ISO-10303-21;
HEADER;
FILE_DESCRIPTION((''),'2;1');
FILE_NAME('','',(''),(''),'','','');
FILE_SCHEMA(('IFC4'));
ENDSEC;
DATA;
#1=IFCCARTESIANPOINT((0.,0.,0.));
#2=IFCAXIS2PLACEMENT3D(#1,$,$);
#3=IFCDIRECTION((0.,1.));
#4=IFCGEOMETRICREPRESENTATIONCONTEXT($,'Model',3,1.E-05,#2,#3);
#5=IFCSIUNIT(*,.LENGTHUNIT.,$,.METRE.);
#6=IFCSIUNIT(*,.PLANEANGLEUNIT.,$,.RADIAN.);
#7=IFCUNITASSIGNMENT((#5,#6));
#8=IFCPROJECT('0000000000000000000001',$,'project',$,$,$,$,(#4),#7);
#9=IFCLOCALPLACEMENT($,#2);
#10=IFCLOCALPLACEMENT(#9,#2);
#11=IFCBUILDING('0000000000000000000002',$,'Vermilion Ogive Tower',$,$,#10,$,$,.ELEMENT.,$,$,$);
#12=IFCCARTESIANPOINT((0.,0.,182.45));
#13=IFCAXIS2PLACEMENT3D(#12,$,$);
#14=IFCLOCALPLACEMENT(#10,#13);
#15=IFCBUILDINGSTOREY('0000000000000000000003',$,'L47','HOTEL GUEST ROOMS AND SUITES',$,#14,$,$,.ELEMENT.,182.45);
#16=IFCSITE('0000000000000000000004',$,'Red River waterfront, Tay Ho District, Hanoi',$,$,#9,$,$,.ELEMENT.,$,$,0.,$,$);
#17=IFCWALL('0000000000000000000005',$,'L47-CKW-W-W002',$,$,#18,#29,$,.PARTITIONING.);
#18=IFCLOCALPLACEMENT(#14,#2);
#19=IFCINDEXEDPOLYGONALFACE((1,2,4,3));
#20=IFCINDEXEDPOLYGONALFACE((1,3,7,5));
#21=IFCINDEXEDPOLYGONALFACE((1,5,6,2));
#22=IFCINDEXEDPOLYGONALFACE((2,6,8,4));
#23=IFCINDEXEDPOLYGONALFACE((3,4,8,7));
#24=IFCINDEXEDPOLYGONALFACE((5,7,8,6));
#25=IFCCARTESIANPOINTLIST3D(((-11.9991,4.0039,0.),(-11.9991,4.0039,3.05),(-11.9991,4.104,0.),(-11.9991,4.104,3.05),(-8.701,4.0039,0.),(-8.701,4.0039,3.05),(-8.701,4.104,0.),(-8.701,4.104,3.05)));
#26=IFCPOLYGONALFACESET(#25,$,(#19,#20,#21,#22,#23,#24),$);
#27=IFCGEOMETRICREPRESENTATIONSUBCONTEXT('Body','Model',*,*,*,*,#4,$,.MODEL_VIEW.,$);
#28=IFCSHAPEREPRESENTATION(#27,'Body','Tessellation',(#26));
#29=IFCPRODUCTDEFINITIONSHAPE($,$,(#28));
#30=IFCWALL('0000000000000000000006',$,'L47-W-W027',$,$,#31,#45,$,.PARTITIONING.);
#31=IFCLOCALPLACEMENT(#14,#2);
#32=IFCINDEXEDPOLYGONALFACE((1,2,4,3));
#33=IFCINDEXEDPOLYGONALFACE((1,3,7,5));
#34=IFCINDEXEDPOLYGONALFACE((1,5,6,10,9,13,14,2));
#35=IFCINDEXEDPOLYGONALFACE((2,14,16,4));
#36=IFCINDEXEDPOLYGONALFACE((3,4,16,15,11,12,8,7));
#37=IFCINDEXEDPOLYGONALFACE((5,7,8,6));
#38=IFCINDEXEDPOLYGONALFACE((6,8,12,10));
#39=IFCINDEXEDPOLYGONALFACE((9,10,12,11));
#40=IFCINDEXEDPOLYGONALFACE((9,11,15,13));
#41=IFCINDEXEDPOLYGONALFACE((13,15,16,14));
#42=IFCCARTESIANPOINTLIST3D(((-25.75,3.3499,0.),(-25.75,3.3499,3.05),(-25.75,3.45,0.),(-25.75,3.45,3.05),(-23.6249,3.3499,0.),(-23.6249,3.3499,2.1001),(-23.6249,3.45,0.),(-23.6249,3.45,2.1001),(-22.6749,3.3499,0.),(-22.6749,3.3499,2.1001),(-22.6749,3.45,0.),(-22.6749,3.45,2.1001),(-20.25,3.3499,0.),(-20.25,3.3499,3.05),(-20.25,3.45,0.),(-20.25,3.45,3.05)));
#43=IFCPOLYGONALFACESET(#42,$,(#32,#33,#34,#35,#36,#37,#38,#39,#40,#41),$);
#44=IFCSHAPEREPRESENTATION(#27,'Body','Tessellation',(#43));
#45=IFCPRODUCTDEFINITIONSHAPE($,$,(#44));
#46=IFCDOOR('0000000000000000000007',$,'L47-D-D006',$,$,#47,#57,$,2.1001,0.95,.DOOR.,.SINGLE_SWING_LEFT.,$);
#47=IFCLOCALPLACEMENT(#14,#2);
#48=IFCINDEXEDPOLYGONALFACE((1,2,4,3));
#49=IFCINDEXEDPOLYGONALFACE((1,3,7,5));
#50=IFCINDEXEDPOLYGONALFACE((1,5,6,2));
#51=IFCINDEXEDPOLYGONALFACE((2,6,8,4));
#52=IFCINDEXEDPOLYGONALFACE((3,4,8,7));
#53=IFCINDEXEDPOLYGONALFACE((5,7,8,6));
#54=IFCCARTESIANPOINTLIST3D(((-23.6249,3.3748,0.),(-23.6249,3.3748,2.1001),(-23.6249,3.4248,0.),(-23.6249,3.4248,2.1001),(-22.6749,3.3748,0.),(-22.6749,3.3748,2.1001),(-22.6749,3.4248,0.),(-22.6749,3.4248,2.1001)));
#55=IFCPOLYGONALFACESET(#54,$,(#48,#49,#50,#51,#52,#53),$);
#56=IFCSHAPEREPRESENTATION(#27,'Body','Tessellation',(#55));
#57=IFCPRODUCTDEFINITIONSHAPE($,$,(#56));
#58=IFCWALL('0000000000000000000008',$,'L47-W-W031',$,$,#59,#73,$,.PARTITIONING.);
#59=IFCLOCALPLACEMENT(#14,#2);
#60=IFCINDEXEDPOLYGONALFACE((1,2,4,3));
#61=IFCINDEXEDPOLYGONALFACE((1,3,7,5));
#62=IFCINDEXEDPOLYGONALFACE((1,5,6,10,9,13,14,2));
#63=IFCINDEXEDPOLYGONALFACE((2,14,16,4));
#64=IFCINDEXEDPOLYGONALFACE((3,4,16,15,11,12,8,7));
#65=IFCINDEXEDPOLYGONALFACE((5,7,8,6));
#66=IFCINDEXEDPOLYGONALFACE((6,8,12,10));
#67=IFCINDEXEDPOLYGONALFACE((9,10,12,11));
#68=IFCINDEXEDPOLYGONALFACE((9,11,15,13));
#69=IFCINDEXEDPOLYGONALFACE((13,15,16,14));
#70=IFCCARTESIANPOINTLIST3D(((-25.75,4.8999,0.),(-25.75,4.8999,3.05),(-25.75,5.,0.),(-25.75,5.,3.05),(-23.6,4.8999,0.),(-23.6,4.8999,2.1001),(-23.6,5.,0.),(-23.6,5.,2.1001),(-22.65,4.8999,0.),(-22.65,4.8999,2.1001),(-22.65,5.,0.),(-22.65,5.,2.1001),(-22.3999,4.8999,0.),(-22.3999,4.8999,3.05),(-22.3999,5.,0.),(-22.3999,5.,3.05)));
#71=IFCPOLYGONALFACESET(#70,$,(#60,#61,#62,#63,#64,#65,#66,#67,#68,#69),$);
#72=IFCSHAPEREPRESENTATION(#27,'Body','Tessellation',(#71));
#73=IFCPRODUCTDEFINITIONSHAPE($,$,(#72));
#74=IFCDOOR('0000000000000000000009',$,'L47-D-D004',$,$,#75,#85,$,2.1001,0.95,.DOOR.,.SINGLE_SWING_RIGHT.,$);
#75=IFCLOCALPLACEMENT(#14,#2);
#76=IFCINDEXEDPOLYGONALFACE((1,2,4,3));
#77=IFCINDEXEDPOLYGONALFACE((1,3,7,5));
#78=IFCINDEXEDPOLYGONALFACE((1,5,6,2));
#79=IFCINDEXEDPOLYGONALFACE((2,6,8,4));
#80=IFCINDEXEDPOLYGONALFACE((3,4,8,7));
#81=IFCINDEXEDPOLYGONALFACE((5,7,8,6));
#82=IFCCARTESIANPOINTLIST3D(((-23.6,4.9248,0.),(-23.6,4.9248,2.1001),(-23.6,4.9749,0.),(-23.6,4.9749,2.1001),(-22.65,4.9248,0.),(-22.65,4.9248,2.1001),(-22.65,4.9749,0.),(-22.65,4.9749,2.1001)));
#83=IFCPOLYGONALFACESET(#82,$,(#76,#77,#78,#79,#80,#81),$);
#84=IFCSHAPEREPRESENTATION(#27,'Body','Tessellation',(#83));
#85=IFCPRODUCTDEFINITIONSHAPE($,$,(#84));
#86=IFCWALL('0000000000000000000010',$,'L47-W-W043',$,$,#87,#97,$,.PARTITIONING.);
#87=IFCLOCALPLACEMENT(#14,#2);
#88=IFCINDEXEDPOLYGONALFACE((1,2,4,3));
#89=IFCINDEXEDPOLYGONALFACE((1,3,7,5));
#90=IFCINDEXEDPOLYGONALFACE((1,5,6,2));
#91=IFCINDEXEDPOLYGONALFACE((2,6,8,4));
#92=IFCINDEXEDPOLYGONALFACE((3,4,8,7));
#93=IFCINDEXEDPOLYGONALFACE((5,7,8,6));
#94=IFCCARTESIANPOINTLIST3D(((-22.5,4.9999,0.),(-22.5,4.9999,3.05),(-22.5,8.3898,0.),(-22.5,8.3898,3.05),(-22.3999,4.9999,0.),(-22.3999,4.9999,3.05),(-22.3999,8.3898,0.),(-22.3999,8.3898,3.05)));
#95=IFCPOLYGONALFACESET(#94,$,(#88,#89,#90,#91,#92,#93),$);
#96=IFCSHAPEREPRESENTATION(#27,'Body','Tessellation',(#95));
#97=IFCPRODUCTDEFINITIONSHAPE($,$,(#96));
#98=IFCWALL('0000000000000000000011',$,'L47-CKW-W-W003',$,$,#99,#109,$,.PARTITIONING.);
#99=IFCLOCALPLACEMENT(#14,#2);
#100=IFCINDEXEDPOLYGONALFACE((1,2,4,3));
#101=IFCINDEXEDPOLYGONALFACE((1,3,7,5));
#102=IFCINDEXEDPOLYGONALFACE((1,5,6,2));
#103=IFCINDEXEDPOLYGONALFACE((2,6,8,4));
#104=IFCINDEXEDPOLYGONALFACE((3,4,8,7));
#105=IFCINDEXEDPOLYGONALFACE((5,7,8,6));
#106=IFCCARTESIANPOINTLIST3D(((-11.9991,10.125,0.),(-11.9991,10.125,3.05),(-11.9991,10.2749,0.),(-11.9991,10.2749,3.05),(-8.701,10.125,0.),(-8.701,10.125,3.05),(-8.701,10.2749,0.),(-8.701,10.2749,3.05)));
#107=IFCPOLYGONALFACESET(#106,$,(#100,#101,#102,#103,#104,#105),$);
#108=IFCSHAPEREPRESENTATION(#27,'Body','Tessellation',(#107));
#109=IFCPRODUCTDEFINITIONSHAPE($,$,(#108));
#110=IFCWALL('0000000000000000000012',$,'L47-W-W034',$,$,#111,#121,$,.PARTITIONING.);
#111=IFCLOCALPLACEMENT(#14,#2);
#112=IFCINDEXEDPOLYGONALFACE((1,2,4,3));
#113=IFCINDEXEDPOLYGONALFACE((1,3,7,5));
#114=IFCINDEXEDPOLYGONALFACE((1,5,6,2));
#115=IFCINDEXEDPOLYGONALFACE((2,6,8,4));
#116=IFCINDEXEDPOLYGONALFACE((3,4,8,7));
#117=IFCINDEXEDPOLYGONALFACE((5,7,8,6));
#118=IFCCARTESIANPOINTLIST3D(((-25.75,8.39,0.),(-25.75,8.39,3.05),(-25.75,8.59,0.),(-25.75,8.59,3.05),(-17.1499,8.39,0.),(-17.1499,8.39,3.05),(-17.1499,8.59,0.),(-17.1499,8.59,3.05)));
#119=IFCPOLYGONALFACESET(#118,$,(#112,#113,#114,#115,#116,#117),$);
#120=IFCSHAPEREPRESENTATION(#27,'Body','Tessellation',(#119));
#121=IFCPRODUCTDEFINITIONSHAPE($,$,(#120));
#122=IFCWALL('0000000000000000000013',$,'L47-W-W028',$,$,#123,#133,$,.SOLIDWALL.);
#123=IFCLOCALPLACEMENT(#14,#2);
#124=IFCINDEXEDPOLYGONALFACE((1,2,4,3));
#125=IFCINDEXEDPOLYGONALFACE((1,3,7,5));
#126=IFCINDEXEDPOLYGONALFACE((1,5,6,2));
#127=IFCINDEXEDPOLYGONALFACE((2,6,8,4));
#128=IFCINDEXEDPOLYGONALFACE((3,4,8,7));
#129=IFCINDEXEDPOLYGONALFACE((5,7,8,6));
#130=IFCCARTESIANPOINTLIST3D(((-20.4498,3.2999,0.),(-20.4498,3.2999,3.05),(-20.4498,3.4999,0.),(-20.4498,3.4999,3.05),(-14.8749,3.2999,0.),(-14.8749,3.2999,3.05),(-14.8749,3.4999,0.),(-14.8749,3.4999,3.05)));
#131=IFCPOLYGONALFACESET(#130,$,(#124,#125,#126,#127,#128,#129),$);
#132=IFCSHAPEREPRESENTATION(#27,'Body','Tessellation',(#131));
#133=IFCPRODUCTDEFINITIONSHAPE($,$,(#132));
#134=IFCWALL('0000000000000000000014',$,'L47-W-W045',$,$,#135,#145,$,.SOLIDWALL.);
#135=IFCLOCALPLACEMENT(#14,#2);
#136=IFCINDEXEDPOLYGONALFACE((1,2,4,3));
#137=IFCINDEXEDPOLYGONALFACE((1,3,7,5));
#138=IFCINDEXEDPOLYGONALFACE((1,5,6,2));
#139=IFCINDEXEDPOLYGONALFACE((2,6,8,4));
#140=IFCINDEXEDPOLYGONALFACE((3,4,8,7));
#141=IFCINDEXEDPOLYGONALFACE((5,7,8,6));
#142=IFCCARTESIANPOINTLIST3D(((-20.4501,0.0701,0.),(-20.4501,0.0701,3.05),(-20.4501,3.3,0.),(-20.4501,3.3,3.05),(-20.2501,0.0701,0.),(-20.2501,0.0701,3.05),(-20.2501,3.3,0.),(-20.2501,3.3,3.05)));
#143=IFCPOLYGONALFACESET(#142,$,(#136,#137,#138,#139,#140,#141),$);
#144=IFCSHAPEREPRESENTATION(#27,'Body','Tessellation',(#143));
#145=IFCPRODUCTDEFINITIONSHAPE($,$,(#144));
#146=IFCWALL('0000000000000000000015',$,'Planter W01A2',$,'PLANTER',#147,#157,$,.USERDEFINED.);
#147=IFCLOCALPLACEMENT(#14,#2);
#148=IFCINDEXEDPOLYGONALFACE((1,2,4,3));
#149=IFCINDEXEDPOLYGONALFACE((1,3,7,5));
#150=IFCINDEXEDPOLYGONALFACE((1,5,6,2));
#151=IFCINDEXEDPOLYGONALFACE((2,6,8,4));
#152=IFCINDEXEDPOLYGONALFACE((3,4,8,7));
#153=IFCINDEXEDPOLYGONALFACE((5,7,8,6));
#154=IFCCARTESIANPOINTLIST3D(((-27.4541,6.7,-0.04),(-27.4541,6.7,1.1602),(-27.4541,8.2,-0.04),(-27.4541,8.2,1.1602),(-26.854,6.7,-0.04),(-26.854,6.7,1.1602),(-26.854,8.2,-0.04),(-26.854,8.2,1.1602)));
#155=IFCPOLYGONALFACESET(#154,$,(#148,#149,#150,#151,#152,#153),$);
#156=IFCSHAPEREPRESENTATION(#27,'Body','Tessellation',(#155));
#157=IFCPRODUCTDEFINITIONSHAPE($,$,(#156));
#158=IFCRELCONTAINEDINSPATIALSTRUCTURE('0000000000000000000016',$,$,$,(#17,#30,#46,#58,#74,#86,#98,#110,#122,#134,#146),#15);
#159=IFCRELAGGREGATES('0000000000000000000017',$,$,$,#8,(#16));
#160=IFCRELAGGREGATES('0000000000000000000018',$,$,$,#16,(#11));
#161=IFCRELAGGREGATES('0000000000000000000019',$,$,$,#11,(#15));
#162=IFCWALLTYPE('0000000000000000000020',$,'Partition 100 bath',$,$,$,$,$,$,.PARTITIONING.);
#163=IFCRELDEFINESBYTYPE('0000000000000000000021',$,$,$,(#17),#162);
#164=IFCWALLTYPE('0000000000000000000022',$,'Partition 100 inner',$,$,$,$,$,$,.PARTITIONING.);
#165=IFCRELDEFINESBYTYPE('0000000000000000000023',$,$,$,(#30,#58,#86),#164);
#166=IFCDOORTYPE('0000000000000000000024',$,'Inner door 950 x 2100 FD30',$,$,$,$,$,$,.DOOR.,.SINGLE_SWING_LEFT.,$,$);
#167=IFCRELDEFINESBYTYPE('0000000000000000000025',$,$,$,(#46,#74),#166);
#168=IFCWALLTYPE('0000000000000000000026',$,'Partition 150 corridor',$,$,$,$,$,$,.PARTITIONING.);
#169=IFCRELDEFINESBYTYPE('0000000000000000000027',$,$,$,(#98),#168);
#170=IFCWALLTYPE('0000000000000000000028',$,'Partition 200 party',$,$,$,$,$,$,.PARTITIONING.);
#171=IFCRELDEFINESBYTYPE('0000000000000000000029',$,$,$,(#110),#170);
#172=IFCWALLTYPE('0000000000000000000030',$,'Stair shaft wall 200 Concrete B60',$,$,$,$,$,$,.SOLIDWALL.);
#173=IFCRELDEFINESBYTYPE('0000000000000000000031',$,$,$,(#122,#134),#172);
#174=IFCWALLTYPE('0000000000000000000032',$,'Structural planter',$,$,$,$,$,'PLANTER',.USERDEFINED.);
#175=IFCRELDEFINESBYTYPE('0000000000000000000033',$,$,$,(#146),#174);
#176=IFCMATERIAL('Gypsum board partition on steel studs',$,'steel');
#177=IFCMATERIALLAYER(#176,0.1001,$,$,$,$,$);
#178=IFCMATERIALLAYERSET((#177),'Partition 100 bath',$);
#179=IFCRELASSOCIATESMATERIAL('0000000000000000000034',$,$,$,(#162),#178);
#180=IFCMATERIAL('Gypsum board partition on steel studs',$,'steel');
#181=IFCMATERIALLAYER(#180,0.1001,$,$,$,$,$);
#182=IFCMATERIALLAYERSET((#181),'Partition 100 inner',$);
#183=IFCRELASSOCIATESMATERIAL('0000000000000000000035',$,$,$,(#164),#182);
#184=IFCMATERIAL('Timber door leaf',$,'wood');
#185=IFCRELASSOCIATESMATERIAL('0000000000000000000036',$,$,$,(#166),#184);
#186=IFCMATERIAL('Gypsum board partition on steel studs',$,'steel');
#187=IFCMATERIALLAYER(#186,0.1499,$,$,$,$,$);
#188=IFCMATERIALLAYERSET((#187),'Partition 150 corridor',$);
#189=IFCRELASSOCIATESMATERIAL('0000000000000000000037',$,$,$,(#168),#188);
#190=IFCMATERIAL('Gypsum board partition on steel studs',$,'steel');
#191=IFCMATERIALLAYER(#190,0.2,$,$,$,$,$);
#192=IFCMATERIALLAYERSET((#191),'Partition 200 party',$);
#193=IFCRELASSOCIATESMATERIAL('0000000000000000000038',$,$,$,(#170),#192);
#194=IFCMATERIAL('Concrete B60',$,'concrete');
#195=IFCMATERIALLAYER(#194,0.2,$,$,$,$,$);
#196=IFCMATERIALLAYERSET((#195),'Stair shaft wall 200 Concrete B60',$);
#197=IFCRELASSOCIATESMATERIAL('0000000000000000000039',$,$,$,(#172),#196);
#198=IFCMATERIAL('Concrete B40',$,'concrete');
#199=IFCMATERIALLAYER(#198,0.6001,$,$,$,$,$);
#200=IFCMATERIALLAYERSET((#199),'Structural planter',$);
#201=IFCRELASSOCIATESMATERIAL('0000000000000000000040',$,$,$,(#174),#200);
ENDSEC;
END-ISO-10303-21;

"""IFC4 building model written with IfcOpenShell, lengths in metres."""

from ifc_helpers import new_model, si_unit, direction, frame, frame_2d, origin, place, context, subcontext, project, spatial, rectangle, extrude, material, layer, layer_set, type_object, element, fill, save


model = new_model("IFC4")

# Units and contexts
model_context = context("Model", 3, precision=1e-05, world=origin(), true_north=direction((0.0, 1.0)))
body_context = subcontext(model_context, "Body", "Model", "MODEL_VIEW")
ifc_project = project(units=[si_unit("LENGTHUNIT", "METRE"), si_unit("PLANEANGLEUNIT", "RADIAN")], contexts=[model_context])

# Site, building, storey
site_placement = place(None, origin())
site = spatial("IfcSite", under=ifc_project, at=site_placement, Name="Red River waterfront, Tay Ho District, Hanoi", CompositionType="ELEMENT", RefElevation=0.0)
building_placement = place(site_placement, origin())
building = spatial("IfcBuilding", under=site, at=building_placement, Name="Vermilion Ogive Tower", CompositionType="ELEMENT")
storey_placement = place(building_placement, frame((0.0, 0.0, 182.45)))
storey = spatial("IfcBuildingStorey", under=building, at=storey_placement, Name="L47", Description="HOTEL GUEST ROOMS AND SUITES", CompositionType="ELEMENT", Elevation=182.45)

# Shared definitions
ifc_material_1 = material(Name="Gypsum board partition on steel studs", Category="steel")
ifc_layer_1 = layer(ifc_material_1, 0.1001)
ifc_layer_set_1 = layer_set([ifc_layer_1], Name="Partition 100 bath")
wall_type_1 = type_object("IfcWallType", Name="Partition 100 bath", PredefinedType="PARTITIONING", material=ifc_layer_set_1)

# Wall
wall_1_placement = place(storey_placement, frame((-11.999, 4.054, 0.0), z_axis=(0.0, 0.0, 1.0), x_axis=(1.0, 0.0, 0.0)))
element("IfcWall", 1, at=wall_1_placement, inside=storey, type_object=wall_type_1, Name="L47-CKW-W-W002", PredefinedType="PARTITIONING", context=body_context, shape_type="SweptSolid", body=[
    extrude(rectangle(XDim=3.2981, YDim=0.1001, at=frame_2d((1.6489, 0.0))), origin(), (0.0, 0.0, 1.0), 3.05),
])

# Walls, openings, doors
ifc_material_2 = material(Name="Gypsum board partition on steel studs", Category="steel")
ifc_layer_2 = layer(ifc_material_2, 0.1001)
ifc_layer_set_2 = layer_set([ifc_layer_2], Name="Partition 100 inner")
wall_type_2 = type_object("IfcWallType", Name="Partition 100 inner", PredefinedType="PARTITIONING", material=ifc_layer_set_2)
wall_2_placement = place(storey_placement, frame((-25.75, 3.3999, 0.0), z_axis=(0.0, 0.0, 1.0), x_axis=(1.0, 0.0, 0.0)))
wall_2 = element("IfcWall", 2, at=wall_2_placement, inside=storey, type_object=wall_type_2, Name="L47-W-W027", PredefinedType="PARTITIONING", context=body_context, shape_type="SweptSolid", body=[
    extrude(rectangle(XDim=5.5, YDim=0.1001, at=frame_2d((2.75, 0.0))), origin(), (0.0, 0.0, 1.0), 3.05),
])
opening_1_placement = place(wall_2_placement, frame((2.125, 0.0, 0.0)))
opening_1 = element("IfcOpeningElement", 3, at=opening_1_placement, cuts=wall_2, PredefinedType="OPENING", context=body_context, shape_type="SweptSolid", body=[
    extrude(rectangle(XDim=0.95, YDim=2.1001, at=frame_2d((0.4751, 1.05))), frame((0.0, 0.0601, 0.0), z_axis=(0.0, -1.0, 0.0), x_axis=(1.0, 0.0, 0.0)), (0.0, 0.0, 1.0), 0.1201),
])
ifc_material_3 = material(Name="Timber door leaf", Category="wood")
door_type_1 = type_object("IfcDoorType", Name="Inner door 950 x 2100 FD30", OperationType="SINGLE_SWING_LEFT", PredefinedType="DOOR", material=ifc_material_3)
door_1_placement = place(opening_1_placement, origin())
door_1 = element("IfcDoor", 4, at=door_1_placement, inside=storey, type_object=door_type_1, Name="L47-D-D006", OperationType="SINGLE_SWING_LEFT", OverallHeight=2.1001, OverallWidth=0.95, PredefinedType="DOOR", context=body_context, shape_type="SweptSolid", body=[
    extrude(rectangle(XDim=0.95, YDim=2.1001, at=frame_2d((0.4751, 1.05))), frame((0.0, 0.0249, 0.0), z_axis=(0.0, -1.0, 0.0), x_axis=(1.0, 0.0, 0.0)), (0.0, 0.0, 1.0), 0.05),
])
fill(opening_1, door_1)
wall_3_placement = place(storey_placement, frame((-25.75, 4.95, 0.0), z_axis=(0.0, 0.0, 1.0), x_axis=(1.0, 0.0, 0.0)))
wall_3 = element("IfcWall", 5, at=wall_3_placement, inside=storey, type_object=wall_type_2, Name="L47-W-W031", PredefinedType="PARTITIONING", context=body_context, shape_type="SweptSolid", body=[
    extrude(rectangle(XDim=3.3501, YDim=0.1001, at=frame_2d((1.675, 0.0))), origin(), (0.0, 0.0, 1.0), 3.05),
])
opening_2_placement = place(wall_3_placement, frame((2.1499, 0.0, 0.0)))
opening_2 = element("IfcOpeningElement", 6, at=opening_2_placement, cuts=wall_3, PredefinedType="OPENING", context=body_context, shape_type="SweptSolid", body=[
    extrude(rectangle(XDim=0.95, YDim=2.1001, at=frame_2d((0.4751, 1.05))), frame((0.0, 0.0601, 0.0), z_axis=(0.0, -1.0, 0.0), x_axis=(1.0, 0.0, 0.0)), (0.0, 0.0, 1.0), 0.1201),
])
door_2_placement = place(opening_2_placement, origin())
door_2 = element("IfcDoor", 7, at=door_2_placement, inside=storey, type_object=door_type_1, Name="L47-D-D004", OperationType="SINGLE_SWING_RIGHT", OverallHeight=2.1001, OverallWidth=0.95, PredefinedType="DOOR", context=body_context, shape_type="SweptSolid", body=[
    extrude(rectangle(XDim=0.95, YDim=2.1001, at=frame_2d((0.4751, 1.05))), frame((0.0, 0.0249, 0.0), z_axis=(0.0, -1.0, 0.0), x_axis=(1.0, 0.0, 0.0)), (0.0, 0.0, 1.0), 0.05),
])
fill(opening_2, door_2)

# Walls
wall_4_placement = place(storey_placement, frame((-22.45, 5.0, 0.0), z_axis=(0.0, 0.0, 1.0), x_axis=(0.0, 1.0, 0.0)))
element("IfcWall", 8, at=wall_4_placement, inside=storey, type_object=wall_type_2, Name="L47-W-W043", PredefinedType="PARTITIONING", context=body_context, shape_type="SweptSolid", body=[
    extrude(rectangle(XDim=3.3899, YDim=0.1001, at=frame_2d((1.6948, 0.0))), origin(), (0.0, 0.0, 1.0), 3.05),
])
ifc_material_4 = material(Name="Gypsum board partition on steel studs", Category="steel")
ifc_layer_3 = layer(ifc_material_4, 0.1499)
ifc_layer_set_3 = layer_set([ifc_layer_3], Name="Partition 150 corridor")
wall_type_3 = type_object("IfcWallType", Name="Partition 150 corridor", PredefinedType="PARTITIONING", material=ifc_layer_set_3)
wall_5_placement = place(storey_placement, frame((-11.999, 10.2, 0.0), z_axis=(0.0, 0.0, 1.0), x_axis=(1.0, 0.0, 0.0)))
element("IfcWall", 9, at=wall_5_placement, inside=storey, type_object=wall_type_3, Name="L47-CKW-W-W003", PredefinedType="PARTITIONING", context=body_context, shape_type="SweptSolid", body=[
    extrude(rectangle(XDim=3.2981, YDim=0.1499, at=frame_2d((1.6489, 0.0))), origin(), (0.0, 0.0, 1.0), 3.05),
])
ifc_material_5 = material(Name="Gypsum board partition on steel studs", Category="steel")
ifc_layer_4 = layer(ifc_material_5, 0.2)
ifc_layer_set_4 = layer_set([ifc_layer_4], Name="Partition 200 party")
wall_type_4 = type_object("IfcWallType", Name="Partition 200 party", PredefinedType="PARTITIONING", material=ifc_layer_set_4)
wall_6_placement = place(storey_placement, frame((-25.75, 8.49, 0.0), z_axis=(0.0, 0.0, 1.0), x_axis=(1.0, 0.0, 0.0)))
element("IfcWall", 10, at=wall_6_placement, inside=storey, type_object=wall_type_4, Name="L47-W-W034", PredefinedType="PARTITIONING", context=body_context, shape_type="SweptSolid", body=[
    extrude(rectangle(XDim=8.6001, YDim=0.2, at=frame_2d((4.3, 0.0))), origin(), (0.0, 0.0, 1.0), 3.05),
])
ifc_material_6 = material(Name="Concrete B60", Category="concrete")
ifc_layer_5 = layer(ifc_material_6, 0.2)
ifc_layer_set_5 = layer_set([ifc_layer_5], Name="Stair shaft wall 200 Concrete B60")
wall_type_5 = type_object("IfcWallType", Name="Stair shaft wall 200 Concrete B60", PredefinedType="SOLIDWALL", material=ifc_layer_set_5)
wall_7_placement = place(storey_placement, frame((-20.45, 3.3999, 0.0), z_axis=(0.0, 0.0, 1.0), x_axis=(1.0, 0.0, 0.0)))
element("IfcWall", 11, at=wall_7_placement, inside=storey, type_object=wall_type_5, Name="L47-W-W028", PredefinedType="SOLIDWALL", context=body_context, shape_type="SweptSolid", body=[
    extrude(rectangle(XDim=5.575, YDim=0.2, at=frame_2d((2.7876, 0.0))), origin(), (0.0, 0.0, 1.0), 3.05),
])
wall_8_placement = place(storey_placement, frame((-20.3501, 0.0701, 0.0), z_axis=(0.0, 0.0, 1.0), x_axis=(0.0, 1.0, 0.0)))
element("IfcWall", 12, at=wall_8_placement, inside=storey, type_object=wall_type_5, Name="L47-W-W045", PredefinedType="SOLIDWALL", context=body_context, shape_type="SweptSolid", body=[
    extrude(rectangle(XDim=3.23, YDim=0.2, at=frame_2d((1.615, 0.0))), origin(), (0.0, 0.0, 1.0), 3.05),
])
ifc_material_7 = material(Name="Concrete B40", Category="concrete")
ifc_layer_6 = layer(ifc_material_7, 0.6001)
ifc_layer_set_6 = layer_set([ifc_layer_6], Name="Structural planter")
wall_type_6 = type_object("IfcWallType", Name="Structural planter", ElementType="PLANTER", PredefinedType="USERDEFINED", material=ifc_layer_set_6)
wall_9_placement = place(storey_placement, frame((-27.1541, 8.2, -0.04), z_axis=(0.0, 0.0, 1.0), x_axis=(0.0, -1.0, 0.0)))
element("IfcWall", 13, at=wall_9_placement, inside=storey, type_object=wall_type_6, Name="Planter W01A2", ObjectType="PLANTER", PredefinedType="USERDEFINED", context=body_context, shape_type="SweptSolid", body=[
    extrude(rectangle(XDim=1.5, YDim=0.6001, at=frame_2d((0.75, 0.0))), origin(), (0.0, 0.0, 1.0), 1.2002),
])

save(model, "model.ifc")
